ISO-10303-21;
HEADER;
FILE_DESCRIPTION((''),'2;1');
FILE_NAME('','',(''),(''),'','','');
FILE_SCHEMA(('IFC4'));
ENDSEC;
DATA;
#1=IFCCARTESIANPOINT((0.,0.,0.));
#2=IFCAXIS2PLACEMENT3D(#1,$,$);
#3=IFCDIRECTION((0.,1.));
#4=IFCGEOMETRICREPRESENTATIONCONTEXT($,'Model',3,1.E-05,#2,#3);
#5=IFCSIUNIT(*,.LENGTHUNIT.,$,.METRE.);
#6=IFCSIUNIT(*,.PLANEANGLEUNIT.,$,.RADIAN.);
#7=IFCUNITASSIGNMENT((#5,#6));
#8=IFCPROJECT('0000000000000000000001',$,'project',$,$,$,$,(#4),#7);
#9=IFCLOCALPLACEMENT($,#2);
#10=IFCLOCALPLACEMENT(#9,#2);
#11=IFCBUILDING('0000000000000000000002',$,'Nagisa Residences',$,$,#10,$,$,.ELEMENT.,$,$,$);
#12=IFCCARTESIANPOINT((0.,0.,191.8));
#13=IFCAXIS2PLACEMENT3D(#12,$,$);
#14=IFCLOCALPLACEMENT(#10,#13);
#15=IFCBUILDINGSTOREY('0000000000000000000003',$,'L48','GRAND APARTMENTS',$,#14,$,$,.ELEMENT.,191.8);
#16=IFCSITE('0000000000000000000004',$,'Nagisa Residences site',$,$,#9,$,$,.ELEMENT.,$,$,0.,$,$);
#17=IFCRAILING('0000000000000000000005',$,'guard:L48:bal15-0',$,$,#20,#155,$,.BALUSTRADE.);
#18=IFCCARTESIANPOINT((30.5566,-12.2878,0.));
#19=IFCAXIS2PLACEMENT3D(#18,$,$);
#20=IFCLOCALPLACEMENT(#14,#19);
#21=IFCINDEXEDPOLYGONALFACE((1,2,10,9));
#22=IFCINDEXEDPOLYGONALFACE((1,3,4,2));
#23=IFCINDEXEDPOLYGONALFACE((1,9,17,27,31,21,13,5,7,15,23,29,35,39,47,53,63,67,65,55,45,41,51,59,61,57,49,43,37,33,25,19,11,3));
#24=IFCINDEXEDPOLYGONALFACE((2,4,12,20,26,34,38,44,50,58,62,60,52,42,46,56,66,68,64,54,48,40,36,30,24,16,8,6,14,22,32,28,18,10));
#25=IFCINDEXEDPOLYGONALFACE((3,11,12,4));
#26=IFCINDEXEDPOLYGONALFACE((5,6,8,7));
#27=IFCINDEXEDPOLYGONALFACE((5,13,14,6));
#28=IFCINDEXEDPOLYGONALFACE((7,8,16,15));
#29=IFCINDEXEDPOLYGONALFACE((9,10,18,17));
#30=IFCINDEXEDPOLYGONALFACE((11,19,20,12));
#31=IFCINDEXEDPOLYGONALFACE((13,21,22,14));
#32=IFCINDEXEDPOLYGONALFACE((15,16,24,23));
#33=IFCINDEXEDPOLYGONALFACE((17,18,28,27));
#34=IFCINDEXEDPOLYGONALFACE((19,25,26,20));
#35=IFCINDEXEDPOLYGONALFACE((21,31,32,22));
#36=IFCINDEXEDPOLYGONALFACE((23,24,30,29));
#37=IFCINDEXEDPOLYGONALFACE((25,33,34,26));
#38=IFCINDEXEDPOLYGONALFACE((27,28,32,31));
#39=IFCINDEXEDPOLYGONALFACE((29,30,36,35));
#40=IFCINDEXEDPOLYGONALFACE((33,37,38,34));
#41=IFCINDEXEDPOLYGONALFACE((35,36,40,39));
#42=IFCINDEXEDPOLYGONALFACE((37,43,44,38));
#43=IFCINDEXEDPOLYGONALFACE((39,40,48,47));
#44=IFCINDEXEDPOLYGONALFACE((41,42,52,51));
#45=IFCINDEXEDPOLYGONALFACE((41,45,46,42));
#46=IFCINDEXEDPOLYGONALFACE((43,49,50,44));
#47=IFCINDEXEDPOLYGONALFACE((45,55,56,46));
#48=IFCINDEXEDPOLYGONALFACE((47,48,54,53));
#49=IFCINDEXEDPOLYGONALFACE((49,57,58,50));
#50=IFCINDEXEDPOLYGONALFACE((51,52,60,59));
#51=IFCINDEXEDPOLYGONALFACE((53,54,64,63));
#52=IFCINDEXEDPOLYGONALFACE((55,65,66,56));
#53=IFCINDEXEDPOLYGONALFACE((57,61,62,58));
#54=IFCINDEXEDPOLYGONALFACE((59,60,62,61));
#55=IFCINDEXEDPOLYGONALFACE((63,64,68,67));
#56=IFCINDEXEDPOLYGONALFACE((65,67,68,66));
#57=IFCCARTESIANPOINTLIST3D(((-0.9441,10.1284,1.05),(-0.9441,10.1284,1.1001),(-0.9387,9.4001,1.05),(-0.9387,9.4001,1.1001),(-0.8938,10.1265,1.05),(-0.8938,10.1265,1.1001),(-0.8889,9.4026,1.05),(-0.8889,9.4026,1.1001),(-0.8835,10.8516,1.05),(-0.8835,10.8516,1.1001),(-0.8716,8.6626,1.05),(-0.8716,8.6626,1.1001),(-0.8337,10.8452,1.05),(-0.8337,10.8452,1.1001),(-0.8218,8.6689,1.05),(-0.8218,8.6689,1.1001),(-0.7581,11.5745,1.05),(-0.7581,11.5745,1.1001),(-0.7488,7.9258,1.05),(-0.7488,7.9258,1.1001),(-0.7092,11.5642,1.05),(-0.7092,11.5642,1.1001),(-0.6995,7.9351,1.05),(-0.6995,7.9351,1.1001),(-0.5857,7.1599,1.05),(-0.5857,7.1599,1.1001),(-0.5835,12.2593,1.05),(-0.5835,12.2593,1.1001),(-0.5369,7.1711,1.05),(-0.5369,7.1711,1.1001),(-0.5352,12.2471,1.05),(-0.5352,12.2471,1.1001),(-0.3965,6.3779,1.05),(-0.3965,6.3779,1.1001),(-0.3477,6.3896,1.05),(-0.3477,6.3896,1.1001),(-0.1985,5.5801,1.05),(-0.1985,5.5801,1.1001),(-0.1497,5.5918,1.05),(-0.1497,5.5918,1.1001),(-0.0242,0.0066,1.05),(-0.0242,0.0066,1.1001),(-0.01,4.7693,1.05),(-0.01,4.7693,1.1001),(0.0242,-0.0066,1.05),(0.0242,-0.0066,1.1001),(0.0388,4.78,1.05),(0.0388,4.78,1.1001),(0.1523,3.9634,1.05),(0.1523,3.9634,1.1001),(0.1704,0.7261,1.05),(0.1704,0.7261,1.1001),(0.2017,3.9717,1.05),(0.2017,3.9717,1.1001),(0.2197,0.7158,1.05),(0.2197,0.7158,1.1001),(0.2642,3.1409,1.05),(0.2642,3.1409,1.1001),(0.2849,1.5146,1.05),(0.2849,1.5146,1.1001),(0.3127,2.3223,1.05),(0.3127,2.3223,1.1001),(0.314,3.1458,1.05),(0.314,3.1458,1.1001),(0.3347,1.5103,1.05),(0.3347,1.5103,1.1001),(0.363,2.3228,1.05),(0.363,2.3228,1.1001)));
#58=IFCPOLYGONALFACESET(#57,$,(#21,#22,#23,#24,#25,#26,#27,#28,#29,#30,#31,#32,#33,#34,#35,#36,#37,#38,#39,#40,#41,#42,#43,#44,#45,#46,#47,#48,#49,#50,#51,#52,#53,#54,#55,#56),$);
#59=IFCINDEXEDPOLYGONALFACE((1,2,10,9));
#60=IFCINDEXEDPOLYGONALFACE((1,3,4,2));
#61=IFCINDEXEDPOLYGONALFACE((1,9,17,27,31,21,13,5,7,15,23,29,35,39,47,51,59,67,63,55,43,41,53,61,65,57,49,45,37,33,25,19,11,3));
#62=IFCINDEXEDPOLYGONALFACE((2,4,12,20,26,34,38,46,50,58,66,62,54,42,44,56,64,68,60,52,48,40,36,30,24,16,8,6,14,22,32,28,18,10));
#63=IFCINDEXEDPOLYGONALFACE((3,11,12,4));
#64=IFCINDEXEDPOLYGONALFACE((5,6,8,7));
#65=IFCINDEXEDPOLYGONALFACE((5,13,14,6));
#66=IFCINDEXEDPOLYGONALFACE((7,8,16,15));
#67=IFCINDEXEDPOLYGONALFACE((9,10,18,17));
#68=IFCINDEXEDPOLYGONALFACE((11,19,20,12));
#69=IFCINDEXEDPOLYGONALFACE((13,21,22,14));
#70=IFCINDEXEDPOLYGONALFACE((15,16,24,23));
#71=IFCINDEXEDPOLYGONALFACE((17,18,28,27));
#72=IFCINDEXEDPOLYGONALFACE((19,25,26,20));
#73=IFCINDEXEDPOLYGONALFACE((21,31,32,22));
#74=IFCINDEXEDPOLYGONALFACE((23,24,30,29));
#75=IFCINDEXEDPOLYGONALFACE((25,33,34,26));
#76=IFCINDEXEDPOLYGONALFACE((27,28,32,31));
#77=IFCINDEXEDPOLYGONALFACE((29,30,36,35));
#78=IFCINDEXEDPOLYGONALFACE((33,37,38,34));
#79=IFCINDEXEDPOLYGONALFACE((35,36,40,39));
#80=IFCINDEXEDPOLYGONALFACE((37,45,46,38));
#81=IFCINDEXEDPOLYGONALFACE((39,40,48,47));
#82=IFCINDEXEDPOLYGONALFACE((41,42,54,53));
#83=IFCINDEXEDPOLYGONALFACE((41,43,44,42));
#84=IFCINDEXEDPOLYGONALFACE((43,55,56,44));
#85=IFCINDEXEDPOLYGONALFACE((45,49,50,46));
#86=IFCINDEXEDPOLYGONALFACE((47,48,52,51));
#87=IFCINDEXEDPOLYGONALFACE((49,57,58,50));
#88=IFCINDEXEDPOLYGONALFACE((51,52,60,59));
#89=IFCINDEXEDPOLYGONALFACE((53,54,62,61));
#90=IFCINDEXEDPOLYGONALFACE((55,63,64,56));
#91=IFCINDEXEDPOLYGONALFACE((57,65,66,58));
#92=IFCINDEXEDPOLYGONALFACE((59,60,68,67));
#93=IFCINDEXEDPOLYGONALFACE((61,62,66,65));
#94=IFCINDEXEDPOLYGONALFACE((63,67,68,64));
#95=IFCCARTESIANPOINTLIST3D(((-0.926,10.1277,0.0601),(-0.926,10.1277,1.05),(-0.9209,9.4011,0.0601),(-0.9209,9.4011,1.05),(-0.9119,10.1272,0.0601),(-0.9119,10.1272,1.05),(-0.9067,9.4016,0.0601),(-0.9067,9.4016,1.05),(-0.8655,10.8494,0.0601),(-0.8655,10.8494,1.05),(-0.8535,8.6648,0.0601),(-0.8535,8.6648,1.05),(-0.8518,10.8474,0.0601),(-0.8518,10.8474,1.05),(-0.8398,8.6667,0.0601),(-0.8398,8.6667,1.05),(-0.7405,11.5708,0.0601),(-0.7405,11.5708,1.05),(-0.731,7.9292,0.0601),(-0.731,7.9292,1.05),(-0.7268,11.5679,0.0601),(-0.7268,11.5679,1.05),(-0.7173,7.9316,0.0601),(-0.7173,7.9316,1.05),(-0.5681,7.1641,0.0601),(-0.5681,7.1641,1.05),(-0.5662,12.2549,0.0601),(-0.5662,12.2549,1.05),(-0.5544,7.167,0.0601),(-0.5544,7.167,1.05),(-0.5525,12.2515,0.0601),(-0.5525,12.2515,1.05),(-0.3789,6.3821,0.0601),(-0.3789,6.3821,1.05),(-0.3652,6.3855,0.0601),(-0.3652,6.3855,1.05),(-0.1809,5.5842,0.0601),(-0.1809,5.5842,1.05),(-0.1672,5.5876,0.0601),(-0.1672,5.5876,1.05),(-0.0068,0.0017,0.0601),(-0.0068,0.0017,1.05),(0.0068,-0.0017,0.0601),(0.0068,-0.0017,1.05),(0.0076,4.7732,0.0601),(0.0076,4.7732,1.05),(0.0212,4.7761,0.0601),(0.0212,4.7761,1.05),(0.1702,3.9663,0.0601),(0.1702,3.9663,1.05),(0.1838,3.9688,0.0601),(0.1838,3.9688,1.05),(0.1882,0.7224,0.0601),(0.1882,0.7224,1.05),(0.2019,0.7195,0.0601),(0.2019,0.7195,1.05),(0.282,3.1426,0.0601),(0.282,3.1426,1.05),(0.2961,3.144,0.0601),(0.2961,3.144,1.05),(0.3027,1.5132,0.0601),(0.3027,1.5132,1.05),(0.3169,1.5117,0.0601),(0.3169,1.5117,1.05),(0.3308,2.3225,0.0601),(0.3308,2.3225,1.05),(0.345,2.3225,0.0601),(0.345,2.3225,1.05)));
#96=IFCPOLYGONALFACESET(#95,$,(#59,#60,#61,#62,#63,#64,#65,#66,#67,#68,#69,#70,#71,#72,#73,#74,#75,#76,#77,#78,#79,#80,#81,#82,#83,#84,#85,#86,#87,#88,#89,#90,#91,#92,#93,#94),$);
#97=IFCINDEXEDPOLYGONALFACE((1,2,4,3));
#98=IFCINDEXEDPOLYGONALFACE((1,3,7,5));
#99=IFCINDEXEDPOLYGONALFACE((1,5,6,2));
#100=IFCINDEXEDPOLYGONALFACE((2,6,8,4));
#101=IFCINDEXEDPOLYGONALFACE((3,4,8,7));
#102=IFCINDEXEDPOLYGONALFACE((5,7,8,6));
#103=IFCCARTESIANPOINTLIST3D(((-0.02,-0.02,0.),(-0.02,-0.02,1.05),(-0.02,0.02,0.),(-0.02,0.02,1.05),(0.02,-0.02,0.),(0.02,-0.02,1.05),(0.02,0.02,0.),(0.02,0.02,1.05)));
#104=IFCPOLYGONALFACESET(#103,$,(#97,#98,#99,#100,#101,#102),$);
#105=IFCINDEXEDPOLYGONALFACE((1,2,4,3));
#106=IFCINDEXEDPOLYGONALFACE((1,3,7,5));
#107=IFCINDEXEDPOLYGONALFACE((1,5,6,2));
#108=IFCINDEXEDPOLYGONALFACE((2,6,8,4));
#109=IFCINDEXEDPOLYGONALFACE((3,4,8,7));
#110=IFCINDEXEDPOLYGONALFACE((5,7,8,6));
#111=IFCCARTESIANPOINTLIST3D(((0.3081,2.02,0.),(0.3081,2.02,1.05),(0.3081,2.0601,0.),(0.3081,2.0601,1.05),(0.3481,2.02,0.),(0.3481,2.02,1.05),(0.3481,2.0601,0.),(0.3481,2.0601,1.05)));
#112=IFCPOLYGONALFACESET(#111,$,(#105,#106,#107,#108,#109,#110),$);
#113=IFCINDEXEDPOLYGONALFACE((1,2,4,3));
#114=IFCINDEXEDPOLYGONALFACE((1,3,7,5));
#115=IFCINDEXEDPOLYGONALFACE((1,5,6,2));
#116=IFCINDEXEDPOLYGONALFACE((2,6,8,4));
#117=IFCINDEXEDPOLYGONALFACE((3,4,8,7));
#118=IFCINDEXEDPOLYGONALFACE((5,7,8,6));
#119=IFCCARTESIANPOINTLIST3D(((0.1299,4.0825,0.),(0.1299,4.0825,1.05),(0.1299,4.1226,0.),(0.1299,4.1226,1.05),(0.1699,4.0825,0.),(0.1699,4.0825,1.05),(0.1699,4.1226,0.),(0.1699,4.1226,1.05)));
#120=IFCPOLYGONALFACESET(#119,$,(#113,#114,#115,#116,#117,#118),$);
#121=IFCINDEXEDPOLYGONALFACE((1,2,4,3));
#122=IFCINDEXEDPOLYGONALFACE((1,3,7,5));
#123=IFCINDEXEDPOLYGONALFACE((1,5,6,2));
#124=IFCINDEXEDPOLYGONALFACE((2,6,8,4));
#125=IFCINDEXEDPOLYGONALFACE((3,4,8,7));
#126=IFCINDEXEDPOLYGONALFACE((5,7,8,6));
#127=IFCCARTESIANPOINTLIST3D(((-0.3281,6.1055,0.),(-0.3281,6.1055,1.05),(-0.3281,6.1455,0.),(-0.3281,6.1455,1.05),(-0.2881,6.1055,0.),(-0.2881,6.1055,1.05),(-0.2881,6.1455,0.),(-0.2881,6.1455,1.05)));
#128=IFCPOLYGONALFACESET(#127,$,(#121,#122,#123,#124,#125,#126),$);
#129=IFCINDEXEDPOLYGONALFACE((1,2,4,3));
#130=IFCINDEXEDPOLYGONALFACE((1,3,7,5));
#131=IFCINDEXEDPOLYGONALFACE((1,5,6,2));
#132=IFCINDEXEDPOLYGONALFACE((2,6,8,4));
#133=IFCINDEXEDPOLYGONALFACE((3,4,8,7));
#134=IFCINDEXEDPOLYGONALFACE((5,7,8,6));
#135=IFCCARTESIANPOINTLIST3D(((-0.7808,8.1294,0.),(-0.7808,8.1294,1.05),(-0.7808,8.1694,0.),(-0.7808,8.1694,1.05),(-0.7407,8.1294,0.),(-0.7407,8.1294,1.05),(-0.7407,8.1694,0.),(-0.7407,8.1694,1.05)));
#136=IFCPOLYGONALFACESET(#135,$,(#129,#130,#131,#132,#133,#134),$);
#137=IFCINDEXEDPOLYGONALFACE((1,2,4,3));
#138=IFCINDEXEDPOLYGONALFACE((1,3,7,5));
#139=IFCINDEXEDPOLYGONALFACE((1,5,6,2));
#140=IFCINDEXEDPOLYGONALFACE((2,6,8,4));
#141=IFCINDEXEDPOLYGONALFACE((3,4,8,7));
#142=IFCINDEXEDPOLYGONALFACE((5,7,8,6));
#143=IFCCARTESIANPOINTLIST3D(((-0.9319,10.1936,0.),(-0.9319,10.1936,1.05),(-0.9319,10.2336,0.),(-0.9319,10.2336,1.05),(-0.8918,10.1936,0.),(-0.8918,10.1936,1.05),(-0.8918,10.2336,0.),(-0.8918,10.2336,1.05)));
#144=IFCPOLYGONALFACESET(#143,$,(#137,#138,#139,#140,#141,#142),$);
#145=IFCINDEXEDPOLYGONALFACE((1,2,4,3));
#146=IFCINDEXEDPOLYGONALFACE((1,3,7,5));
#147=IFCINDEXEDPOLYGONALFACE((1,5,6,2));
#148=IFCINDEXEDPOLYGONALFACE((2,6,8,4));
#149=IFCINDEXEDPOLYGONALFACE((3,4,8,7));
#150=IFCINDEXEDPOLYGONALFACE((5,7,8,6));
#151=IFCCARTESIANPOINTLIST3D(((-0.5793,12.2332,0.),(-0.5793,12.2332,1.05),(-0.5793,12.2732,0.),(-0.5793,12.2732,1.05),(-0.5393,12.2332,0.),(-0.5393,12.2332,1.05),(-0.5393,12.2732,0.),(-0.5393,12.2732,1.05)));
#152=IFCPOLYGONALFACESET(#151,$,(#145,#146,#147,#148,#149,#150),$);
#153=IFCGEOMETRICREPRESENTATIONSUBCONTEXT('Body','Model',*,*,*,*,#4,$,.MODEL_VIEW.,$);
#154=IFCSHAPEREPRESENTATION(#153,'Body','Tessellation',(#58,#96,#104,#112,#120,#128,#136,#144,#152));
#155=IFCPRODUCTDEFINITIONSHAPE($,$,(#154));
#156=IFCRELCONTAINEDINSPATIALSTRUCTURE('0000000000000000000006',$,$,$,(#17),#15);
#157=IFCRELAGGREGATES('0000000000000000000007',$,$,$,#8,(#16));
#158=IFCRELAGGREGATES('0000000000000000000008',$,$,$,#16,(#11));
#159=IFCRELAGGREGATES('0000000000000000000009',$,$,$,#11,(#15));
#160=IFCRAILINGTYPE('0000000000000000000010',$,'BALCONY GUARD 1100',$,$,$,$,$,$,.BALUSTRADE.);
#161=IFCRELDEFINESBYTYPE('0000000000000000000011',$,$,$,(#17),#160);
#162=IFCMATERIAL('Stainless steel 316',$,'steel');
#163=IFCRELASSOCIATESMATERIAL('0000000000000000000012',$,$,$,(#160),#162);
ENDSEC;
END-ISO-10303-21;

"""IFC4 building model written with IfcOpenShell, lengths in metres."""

from ifc_helpers import new_model, si_unit, direction, frame, origin, origin_2d, place, context, subcontext, project, spatial, polyline, rectangle, outline, extrude, material, type_object, element, save


model = new_model("IFC4")

# Units and contexts
model_context = context("Model", 3, precision=1e-05, world=origin(), true_north=direction((0.0, 1.0)))
body_context = subcontext(model_context, "Body", "Model", "MODEL_VIEW")
ifc_project = project(units=[si_unit("LENGTHUNIT", "METRE"), si_unit("PLANEANGLEUNIT", "RADIAN")], contexts=[model_context])

# Site, building, storey
site_placement = place(None, origin())
site = spatial("IfcSite", under=ifc_project, at=site_placement, Name="Nagisa Residences site", CompositionType="ELEMENT", RefElevation=0.0)
building_placement = place(site_placement, origin())
building = spatial("IfcBuilding", under=site, at=building_placement, Name="Nagisa Residences", CompositionType="ELEMENT")
storey_placement = place(building_placement, frame((0.0, 0.0, 191.8)))
storey = spatial("IfcBuildingStorey", under=building, at=storey_placement, Name="L48", Description="GRAND APARTMENTS", CompositionType="ELEMENT", Elevation=191.8)

# Railing
ifc_material_1 = material(Name="Stainless steel 316", Category="steel")
railing_type = type_object("IfcRailingType", Name="BALCONY GUARD 1100", PredefinedType="BALUSTRADE", material=ifc_material_1)
railing_placement = place(storey_placement, frame((30.5566, -12.2878, 0.0)))
element("IfcRailing", 1, at=railing_placement, inside=storey, type_object=railing_type, Name="guard:L48:bal15-0", PredefinedType="BALUSTRADE", context=body_context, shape_type="SweptSolid", body=[
    extrude(outline(polyline([(0.1704, 0.7261), (-0.0242, 0.0066), (0.0242, -0.0066), (0.2197, 0.7158), (0.3347, 1.5103), (0.363, 2.3228), (0.314, 3.1458), (0.2017, 3.9717), (0.0388, 4.78), (-0.1497, 5.5918), (-0.3477, 6.3896), (-0.5369, 7.1711), (-0.6995, 7.9351), (-0.8218, 8.6689), (-0.8889, 9.4026), (-0.8938, 10.1265), (-0.8337, 10.8452), (-0.7092, 11.5642), (-0.5352, 12.2471), (-0.5835, 12.2593), (-0.7581, 11.5745), (-0.8835, 10.8516), (-0.9441, 10.1284), (-0.9387, 9.4001), (-0.8716, 8.6626), (-0.7488, 7.9258), (-0.5857, 7.1599), (-0.3965, 6.3779), (-0.1985, 5.5801), (-0.01, 4.7693), (0.1523, 3.9634), (0.2642, 3.1409), (0.3127, 2.3223), (0.2849, 1.5146), (0.1704, 0.7261)])), frame((0.0, 0.0, 1.05)), (0.0, 0.0, 1.0), 0.05),
    extrude(outline(polyline([(0.1882, 0.7224), (-0.0068, 0.0017), (0.0068, -0.0017), (0.2019, 0.7195), (0.3169, 1.5117), (0.345, 2.3225), (0.2961, 3.144), (0.1838, 3.9688), (0.0212, 4.7761), (-0.1672, 5.5876), (-0.3652, 6.3855), (-0.5544, 7.167), (-0.7173, 7.9316), (-0.8398, 8.6667), (-0.9067, 9.4016), (-0.9119, 10.1272), (-0.8518, 10.8474), (-0.7268, 11.5679), (-0.5525, 12.2515), (-0.5662, 12.2549), (-0.7405, 11.5708), (-0.8655, 10.8494), (-0.926, 10.1277), (-0.9209, 9.4011), (-0.8535, 8.6648), (-0.731, 7.9292), (-0.5681, 7.1641), (-0.3789, 6.3821), (-0.1809, 5.5842), (0.0076, 4.7732), (0.1702, 3.9663), (0.282, 3.1426), (0.3308, 2.3225), (0.3027, 1.5132), (0.1882, 0.7224)])), frame((0.0, 0.0, 0.0601)), (0.0, 0.0, 1.0), 0.99),
    extrude(rectangle(XDim=0.04, YDim=0.04, at=origin_2d()), origin(), (0.0, 0.0, 1.0), 1.05),
    extrude(rectangle(XDim=0.04, YDim=0.04, at=origin_2d()), frame((0.3281, 2.04, 0.0)), (0.0, 0.0, 1.0), 1.05),
    extrude(rectangle(XDim=0.04, YDim=0.04, at=origin_2d()), frame((0.1499, 4.1025, 0.0)), (0.0, 0.0, 1.0), 1.05),
    extrude(rectangle(XDim=0.04, YDim=0.04, at=origin_2d()), frame((-0.3081, 6.1255, 0.0)), (0.0, 0.0, 1.0), 1.05),
    extrude(rectangle(XDim=0.04, YDim=0.04, at=origin_2d()), frame((-0.7607, 8.1494, 0.0)), (0.0, 0.0, 1.0), 1.05),
    extrude(rectangle(XDim=0.04, YDim=0.04, at=origin_2d()), frame((-0.9119, 10.2136, 0.0)), (0.0, 0.0, 1.0), 1.05),
    extrude(rectangle(XDim=0.04, YDim=0.04, at=origin_2d()), frame((-0.5593, 12.2532, 0.0)), (0.0, 0.0, 1.0), 1.05),
])

save(model, "model.ifc")
